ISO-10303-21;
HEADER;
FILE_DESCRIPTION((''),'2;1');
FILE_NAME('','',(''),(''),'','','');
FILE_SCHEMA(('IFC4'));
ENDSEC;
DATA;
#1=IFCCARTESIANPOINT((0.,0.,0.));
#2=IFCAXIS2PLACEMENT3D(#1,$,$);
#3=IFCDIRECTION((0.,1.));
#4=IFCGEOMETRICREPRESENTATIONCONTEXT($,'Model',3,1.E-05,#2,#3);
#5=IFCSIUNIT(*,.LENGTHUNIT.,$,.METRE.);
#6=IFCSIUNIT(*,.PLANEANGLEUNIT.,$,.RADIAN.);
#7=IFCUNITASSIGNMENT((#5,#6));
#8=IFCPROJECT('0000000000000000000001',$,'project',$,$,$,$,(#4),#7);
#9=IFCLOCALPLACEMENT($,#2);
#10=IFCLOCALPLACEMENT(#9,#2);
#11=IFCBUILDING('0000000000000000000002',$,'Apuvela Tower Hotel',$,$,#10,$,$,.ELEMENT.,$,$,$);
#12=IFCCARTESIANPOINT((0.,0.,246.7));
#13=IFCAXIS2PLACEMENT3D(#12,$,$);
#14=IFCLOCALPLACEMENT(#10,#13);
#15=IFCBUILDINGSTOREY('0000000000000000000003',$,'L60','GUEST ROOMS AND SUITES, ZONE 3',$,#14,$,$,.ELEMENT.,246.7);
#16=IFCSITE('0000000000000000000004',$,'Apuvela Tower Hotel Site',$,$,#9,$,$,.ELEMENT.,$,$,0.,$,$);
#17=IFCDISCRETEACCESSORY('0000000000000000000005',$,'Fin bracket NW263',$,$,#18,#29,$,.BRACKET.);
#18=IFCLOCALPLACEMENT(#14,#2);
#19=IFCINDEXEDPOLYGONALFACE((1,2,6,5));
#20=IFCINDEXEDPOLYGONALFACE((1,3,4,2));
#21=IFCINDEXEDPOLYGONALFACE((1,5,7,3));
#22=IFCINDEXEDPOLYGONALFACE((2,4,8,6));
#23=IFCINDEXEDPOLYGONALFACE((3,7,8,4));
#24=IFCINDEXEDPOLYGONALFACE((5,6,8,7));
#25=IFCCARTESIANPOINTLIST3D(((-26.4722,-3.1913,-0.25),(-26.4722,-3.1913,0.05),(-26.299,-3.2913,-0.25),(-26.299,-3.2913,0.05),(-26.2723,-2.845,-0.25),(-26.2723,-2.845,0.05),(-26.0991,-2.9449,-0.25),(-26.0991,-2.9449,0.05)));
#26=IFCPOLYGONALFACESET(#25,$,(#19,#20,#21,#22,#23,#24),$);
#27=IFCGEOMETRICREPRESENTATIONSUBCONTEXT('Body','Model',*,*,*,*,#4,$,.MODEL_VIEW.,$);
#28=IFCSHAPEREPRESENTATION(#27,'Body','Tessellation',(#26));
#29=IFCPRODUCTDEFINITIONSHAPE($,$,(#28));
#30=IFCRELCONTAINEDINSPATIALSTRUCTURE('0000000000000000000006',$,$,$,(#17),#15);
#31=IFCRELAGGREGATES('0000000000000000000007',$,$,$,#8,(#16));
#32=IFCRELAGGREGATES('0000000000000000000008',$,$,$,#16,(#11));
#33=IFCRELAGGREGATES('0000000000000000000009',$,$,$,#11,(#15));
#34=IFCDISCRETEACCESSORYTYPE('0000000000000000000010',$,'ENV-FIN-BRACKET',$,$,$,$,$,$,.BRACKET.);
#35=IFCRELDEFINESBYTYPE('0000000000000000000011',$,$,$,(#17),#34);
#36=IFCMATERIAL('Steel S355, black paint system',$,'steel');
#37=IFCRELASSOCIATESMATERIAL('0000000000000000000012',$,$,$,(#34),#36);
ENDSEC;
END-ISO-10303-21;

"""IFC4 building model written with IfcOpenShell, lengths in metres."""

from ifc_helpers import new_model, si_unit, direction, frame, origin, origin_2d, place, context, subcontext, project, spatial, rectangle, extrude, material, type_object, element, save


model = new_model("IFC4")

# Units and contexts
model_context = context("Model", 3, precision=1e-05, world=origin(), true_north=direction((0.0, 1.0)))
body_context = subcontext(model_context, "Body", "Model", "MODEL_VIEW")
ifc_project = project(units=[si_unit("LENGTHUNIT", "METRE"), si_unit("PLANEANGLEUNIT", "RADIAN")], contexts=[model_context])

# Site, building, storey
site_placement = place(None, origin())
site = spatial("IfcSite", under=ifc_project, at=site_placement, Name="Apuvela Tower Hotel Site", CompositionType="ELEMENT", RefElevation=0.0)
building_placement = place(site_placement, origin())
building = spatial("IfcBuilding", under=site, at=building_placement, Name="Apuvela Tower Hotel", CompositionType="ELEMENT")
storey_placement = place(building_placement, frame((0.0, 0.0, 246.7)))
storey = spatial("IfcBuildingStorey", under=building, at=storey_placement, Name="L60", Description="GUEST ROOMS AND SUITES, ZONE 3", CompositionType="ELEMENT", Elevation=246.7)

# Discrete accessory
ifc_material_1 = material(Name="Steel S355, black paint system", Category="steel")
discrete_accessory_type = type_object("IfcDiscreteAccessoryType", Name="ENV-FIN-BRACKET", PredefinedType="BRACKET", material=ifc_material_1)
discrete_accessory_placement = place(storey_placement, frame((-26.2856, -3.0681, -0.25), z_axis=(0.0, 0.0, 1.0), x_axis=(-0.5, -0.866025, 0.0)))
element("IfcDiscreteAccessory", 1, at=discrete_accessory_placement, inside=storey, type_object=discrete_accessory_type, Name="Fin bracket NW263", PredefinedType="BRACKET", context=body_context, shape_type="SweptSolid", body=[
    extrude(rectangle(XDim=0.3999, YDim=0.2, at=origin_2d()), origin(), (0.0, 0.0, 1.0), 0.3),
])

save(model, "model.ifc")
